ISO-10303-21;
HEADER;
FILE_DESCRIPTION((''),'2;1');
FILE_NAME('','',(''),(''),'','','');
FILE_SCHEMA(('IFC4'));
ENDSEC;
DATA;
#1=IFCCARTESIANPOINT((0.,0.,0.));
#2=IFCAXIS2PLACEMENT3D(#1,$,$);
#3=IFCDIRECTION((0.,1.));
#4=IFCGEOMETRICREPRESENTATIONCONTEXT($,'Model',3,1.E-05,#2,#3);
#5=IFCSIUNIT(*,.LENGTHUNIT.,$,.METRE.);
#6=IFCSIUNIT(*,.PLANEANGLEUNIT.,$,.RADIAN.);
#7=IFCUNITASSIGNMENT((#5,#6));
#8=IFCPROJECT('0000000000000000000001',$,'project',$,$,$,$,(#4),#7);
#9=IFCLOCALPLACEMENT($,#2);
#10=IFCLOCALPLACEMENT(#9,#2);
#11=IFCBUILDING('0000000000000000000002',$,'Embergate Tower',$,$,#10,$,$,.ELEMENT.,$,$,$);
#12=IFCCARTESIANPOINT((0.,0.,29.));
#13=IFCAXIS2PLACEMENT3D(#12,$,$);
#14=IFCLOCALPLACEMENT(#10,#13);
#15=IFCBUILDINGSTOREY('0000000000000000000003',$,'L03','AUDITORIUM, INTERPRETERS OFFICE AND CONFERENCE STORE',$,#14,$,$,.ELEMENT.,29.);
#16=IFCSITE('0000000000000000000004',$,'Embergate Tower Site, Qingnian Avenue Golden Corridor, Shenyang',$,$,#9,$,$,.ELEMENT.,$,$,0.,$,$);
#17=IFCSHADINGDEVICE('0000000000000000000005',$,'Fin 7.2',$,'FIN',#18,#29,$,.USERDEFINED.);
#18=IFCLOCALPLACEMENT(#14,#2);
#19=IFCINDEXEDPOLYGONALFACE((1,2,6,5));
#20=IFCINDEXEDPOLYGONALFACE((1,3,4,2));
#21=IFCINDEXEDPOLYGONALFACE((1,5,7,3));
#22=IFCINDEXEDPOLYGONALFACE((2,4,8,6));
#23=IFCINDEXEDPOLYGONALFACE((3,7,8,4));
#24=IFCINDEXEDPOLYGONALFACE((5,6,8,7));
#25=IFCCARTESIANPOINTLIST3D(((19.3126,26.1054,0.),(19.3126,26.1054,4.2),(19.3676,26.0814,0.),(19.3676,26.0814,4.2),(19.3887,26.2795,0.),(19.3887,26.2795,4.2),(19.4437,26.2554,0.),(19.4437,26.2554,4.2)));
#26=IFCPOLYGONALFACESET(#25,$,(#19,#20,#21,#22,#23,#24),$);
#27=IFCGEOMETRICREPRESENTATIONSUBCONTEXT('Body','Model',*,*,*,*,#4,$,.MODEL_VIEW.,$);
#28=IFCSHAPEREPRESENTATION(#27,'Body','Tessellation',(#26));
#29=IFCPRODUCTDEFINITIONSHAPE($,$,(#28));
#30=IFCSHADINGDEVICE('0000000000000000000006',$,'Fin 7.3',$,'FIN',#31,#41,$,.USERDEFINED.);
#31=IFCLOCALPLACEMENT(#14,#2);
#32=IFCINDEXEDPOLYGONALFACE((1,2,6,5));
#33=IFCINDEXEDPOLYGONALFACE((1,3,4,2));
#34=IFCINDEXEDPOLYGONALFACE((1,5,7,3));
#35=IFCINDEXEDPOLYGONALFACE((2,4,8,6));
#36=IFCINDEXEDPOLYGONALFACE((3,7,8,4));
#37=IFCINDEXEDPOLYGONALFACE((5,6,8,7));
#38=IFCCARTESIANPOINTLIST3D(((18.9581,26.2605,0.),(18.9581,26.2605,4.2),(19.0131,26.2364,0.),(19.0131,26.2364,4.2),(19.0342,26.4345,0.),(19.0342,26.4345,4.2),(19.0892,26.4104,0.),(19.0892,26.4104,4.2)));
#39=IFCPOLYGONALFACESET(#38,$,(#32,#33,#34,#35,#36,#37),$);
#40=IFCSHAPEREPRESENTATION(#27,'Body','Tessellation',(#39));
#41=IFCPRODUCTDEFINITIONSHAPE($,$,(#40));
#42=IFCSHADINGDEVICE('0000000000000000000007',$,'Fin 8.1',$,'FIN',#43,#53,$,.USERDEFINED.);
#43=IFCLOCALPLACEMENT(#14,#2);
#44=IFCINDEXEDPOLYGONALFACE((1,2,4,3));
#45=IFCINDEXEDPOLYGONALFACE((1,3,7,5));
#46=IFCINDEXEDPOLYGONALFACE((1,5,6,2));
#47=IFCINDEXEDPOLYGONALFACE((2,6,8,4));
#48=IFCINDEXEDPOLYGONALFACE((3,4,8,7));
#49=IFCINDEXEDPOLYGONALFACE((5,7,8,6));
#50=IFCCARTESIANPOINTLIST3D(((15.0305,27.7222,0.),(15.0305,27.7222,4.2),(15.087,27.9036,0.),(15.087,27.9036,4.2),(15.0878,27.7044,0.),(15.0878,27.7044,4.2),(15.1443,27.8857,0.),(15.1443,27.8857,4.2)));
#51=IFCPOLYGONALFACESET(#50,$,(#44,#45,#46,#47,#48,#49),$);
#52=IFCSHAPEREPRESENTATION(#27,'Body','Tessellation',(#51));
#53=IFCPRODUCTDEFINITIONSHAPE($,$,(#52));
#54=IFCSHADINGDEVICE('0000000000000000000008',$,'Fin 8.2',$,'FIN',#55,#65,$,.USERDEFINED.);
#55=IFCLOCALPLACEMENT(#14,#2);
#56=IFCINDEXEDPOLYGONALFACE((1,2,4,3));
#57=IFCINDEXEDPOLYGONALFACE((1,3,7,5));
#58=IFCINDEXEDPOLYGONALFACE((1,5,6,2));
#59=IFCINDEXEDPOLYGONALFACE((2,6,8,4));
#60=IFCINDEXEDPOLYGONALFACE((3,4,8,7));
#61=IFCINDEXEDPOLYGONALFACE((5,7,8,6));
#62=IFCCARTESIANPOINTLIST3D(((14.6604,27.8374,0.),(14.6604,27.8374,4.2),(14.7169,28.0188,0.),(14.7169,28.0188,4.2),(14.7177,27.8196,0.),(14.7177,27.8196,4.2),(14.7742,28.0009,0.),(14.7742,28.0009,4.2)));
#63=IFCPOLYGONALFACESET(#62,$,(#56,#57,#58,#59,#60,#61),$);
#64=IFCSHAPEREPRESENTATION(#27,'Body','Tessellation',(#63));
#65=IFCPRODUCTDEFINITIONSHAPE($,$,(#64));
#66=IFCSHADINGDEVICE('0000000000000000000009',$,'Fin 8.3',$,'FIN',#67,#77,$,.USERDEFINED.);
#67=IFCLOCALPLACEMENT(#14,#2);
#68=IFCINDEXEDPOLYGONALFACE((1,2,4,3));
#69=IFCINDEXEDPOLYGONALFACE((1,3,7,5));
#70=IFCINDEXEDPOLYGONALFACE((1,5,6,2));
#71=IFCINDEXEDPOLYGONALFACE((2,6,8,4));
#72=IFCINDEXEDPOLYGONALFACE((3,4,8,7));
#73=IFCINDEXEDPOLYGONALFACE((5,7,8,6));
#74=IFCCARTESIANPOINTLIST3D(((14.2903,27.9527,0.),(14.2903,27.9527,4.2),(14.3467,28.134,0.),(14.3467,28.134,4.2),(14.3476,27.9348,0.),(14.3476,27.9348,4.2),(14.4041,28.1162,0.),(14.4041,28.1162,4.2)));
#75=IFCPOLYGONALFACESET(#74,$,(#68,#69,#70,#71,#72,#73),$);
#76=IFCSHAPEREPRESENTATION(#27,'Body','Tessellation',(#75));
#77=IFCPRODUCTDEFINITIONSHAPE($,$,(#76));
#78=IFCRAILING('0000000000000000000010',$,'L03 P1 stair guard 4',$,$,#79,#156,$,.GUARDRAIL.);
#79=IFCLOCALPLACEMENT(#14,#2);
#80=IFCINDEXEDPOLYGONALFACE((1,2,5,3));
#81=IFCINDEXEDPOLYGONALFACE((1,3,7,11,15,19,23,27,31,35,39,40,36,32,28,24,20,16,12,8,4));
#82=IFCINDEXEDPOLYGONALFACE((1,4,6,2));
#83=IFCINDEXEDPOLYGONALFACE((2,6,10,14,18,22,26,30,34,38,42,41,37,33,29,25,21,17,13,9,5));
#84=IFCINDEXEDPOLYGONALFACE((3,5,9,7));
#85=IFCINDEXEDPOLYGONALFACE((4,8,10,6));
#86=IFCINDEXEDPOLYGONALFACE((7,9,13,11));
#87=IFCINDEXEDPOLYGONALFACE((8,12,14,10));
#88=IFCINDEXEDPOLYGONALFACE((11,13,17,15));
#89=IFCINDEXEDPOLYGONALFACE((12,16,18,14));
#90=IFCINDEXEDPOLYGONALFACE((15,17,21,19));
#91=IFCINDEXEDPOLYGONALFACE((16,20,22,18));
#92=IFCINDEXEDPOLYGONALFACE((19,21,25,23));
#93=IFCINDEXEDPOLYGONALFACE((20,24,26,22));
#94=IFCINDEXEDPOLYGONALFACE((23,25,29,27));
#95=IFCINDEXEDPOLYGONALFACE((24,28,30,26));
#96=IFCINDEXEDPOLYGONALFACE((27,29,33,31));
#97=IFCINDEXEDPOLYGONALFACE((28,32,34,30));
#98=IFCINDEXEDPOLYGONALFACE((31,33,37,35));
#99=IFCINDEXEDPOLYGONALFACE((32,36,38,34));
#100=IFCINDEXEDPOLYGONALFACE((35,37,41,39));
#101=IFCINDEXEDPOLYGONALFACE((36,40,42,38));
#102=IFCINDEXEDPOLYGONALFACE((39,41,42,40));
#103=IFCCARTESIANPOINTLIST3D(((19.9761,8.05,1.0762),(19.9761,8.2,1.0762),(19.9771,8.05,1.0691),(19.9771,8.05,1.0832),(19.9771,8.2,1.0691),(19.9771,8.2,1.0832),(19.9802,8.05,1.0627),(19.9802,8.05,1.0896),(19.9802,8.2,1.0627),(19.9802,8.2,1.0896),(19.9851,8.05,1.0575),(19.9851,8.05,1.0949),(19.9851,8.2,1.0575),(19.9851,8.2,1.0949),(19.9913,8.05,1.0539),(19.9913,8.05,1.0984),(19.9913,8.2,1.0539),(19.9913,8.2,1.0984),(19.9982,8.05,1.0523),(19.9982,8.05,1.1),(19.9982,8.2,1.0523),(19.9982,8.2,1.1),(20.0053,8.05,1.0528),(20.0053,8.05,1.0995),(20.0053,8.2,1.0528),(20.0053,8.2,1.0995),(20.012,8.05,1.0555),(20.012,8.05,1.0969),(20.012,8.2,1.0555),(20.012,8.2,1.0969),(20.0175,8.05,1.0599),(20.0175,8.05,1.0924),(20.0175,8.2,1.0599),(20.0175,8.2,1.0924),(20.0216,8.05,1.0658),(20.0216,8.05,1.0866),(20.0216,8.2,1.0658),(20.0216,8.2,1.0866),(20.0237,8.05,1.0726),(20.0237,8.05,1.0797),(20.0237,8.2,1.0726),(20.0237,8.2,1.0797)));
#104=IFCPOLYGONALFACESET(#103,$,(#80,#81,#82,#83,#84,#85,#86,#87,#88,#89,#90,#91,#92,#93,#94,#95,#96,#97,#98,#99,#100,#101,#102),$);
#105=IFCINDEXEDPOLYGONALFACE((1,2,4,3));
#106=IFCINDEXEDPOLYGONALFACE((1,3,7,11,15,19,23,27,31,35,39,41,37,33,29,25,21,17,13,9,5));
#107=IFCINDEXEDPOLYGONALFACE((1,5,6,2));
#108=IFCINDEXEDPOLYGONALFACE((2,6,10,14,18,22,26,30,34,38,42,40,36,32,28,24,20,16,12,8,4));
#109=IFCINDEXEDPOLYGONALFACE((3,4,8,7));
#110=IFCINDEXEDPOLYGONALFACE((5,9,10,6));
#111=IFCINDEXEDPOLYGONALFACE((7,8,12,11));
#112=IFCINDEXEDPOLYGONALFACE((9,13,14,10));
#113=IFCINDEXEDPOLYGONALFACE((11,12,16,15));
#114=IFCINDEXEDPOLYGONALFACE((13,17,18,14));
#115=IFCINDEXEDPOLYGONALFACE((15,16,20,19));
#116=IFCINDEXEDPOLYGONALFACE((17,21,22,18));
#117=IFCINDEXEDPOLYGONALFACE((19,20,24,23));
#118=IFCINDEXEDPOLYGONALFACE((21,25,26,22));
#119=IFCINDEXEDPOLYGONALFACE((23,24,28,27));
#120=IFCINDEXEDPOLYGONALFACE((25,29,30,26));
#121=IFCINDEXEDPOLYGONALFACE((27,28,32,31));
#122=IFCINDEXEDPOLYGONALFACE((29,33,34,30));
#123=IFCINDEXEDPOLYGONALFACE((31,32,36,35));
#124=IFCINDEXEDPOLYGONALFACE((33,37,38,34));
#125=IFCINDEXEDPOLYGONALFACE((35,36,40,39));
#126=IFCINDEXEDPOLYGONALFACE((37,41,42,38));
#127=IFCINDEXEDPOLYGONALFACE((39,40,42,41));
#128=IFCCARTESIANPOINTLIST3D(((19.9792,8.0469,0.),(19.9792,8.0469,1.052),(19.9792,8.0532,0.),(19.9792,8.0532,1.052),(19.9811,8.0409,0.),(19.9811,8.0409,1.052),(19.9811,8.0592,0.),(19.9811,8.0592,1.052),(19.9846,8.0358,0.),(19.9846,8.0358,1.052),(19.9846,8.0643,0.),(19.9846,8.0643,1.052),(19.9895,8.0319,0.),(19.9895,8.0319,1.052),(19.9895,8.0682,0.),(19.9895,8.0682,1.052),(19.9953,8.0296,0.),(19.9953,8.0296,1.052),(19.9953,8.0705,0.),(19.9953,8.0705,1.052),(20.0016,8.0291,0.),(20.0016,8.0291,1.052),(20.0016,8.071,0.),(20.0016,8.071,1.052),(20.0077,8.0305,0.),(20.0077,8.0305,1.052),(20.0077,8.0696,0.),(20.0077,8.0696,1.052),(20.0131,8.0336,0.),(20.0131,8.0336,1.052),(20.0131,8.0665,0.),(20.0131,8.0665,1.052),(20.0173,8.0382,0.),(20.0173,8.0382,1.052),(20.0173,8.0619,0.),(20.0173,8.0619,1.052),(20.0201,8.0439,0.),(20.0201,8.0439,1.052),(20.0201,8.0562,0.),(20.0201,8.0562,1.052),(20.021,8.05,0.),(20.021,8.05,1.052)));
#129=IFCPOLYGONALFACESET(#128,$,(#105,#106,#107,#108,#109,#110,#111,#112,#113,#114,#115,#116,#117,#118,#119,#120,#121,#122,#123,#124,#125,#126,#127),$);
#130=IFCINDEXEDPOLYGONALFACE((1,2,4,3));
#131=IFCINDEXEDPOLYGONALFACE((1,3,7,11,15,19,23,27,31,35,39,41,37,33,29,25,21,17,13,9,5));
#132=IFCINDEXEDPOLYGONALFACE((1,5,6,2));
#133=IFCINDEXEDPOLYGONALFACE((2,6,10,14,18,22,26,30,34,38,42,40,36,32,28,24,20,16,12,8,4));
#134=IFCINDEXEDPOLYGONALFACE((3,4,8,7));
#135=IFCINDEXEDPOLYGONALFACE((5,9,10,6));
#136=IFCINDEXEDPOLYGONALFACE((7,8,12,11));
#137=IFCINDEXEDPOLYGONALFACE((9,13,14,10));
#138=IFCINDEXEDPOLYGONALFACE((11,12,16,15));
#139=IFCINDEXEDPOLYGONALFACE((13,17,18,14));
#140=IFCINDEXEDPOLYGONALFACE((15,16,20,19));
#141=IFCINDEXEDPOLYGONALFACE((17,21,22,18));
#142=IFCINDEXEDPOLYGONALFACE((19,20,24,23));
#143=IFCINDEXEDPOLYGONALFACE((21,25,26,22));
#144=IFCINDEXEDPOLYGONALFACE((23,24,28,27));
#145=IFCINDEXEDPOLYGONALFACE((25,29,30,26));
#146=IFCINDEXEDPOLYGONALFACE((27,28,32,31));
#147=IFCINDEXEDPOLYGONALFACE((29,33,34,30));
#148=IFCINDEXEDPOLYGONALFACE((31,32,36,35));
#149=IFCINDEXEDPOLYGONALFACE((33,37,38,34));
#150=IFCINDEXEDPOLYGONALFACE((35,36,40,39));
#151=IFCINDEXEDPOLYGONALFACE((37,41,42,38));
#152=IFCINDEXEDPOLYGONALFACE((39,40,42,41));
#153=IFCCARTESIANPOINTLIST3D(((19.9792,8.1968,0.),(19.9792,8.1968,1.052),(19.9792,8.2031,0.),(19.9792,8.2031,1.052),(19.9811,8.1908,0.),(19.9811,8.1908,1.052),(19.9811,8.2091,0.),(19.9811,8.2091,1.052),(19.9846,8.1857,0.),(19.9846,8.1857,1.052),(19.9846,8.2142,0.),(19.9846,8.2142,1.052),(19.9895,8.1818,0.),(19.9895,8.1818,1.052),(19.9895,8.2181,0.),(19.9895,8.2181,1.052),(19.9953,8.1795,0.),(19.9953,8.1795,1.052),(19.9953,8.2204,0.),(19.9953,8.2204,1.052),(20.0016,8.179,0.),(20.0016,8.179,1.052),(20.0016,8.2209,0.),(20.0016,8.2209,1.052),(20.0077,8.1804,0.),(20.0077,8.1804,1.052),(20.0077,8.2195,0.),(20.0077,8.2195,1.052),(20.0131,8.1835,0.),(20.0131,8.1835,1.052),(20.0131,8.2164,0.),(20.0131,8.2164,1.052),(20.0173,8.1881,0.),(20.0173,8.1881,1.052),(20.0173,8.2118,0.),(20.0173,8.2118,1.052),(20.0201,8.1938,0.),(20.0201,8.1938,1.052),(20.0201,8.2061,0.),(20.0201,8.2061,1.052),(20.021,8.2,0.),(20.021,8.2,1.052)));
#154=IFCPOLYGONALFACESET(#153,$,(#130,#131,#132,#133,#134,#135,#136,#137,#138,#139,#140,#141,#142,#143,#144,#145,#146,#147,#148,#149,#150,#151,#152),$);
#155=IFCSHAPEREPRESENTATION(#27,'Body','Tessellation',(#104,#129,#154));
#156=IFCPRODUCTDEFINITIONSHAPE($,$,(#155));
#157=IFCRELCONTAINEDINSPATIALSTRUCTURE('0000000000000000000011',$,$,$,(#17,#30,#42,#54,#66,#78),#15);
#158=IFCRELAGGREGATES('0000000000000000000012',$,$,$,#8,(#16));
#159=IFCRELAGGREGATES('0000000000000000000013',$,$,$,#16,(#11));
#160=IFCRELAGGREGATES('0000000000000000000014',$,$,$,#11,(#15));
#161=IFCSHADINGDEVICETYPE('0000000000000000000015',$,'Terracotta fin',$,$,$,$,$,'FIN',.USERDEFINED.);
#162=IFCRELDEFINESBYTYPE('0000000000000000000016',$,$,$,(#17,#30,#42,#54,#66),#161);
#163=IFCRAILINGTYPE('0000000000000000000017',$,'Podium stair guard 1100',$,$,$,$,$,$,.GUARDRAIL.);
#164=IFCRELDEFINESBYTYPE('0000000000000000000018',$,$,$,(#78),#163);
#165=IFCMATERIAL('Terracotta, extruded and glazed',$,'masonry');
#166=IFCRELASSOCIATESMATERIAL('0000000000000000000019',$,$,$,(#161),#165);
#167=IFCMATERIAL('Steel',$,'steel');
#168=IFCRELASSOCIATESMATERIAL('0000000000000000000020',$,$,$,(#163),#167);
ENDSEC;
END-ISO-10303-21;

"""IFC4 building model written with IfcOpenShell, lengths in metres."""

from ifc_helpers import new_model, si_unit, direction, frame, origin, origin_2d, place, context, subcontext, project, spatial, rectangle, circle, extrude, source, transform, mapped, material, material_profile, profile_set, type_object, element, save


model = new_model("IFC4")

# Units and contexts
model_context = context("Model", 3, precision=1e-05, world=origin(), true_north=direction((0.0, 1.0)))
body_context = subcontext(model_context, "Body", "Model", "MODEL_VIEW")
ifc_project = project(units=[si_unit("LENGTHUNIT", "METRE"), si_unit("PLANEANGLEUNIT", "RADIAN")], contexts=[model_context])

# Site, building, storey
site_placement = place(None, origin())
site = spatial("IfcSite", under=ifc_project, at=site_placement, Name="Embergate Tower Site, Qingnian Avenue Golden Corridor, Shenyang", CompositionType="ELEMENT", RefElevation=0.0)
building_placement = place(site_placement, origin())
building = spatial("IfcBuilding", under=site, at=building_placement, Name="Embergate Tower", CompositionType="ELEMENT")
storey_placement = place(building_placement, frame((0.0, 0.0, 29.0)))
storey = spatial("IfcBuildingStorey", under=building, at=storey_placement, Name="L03", Description="AUDITORIUM, INTERPRETERS OFFICE AND CONFERENCE STORE", CompositionType="ELEMENT", Elevation=29.0)

# Shading devices
ifc_material_1 = material(Name="Terracotta, extruded and glazed", Category="masonry")
ifc_material_profile_1 = material_profile(ifc_material_1, rectangle(XDim=0.1899, YDim=0.0601, at=origin_2d()), Name="TC 190x60")
ifc_profile_set_1 = profile_set([ifc_material_profile_1], Name="Terracotta, extruded and glazed")
shading_device_type = type_object("IfcShadingDeviceType", Name="Terracotta fin", ElementType="FIN", PredefinedType="USERDEFINED", material=ifc_profile_set_1)
shared_shape_1 = source(origin(), body_context, "Body", "SweptSolid", [
    extrude(rectangle(XDim=0.1899, YDim=0.0601, at=origin_2d()), origin(), (0.0, 0.0, 1.0), 4.2),
])
for number, where, z_axis, x_axis, name in (
    (1, (19.3782, 26.1804, 0.0), (0.0, 0.0, 1.0), (-0.400648, -0.916232, 0.0), "Fin 7.2"),
    (2, (19.0237, 26.3354, 0.0), (0.0, 0.0, 1.0), (-0.400648, -0.916232, 0.0), "Fin 7.3"),
    (3, (15.0874, 27.804, 0.0), (0.0, 0.0, 1.0), (-0.297347, -0.95477, 0.0), "Fin 8.1"),
    (4, (14.7173, 27.9192, 0.0), (0.0, 0.0, 1.0), (-0.297347, -0.95477, 0.0), "Fin 8.2"),
    (5, (14.3472, 28.0344, 0.0), (0.0, 0.0, 1.0), (-0.297347, -0.95477, 0.0), "Fin 8.3"),
):
    element("IfcShadingDevice", number, at=place(storey_placement, frame(where, z_axis=z_axis, x_axis=x_axis)), inside=storey, type_object=shading_device_type, Name=name, ObjectType="FIN", PredefinedType="USERDEFINED", context=body_context, shape_type="MappedRepresentation", body=[
        mapped(shared_shape_1, transform((0.0, 0.0, 0.0))),
    ])

# Railing
ifc_material_2 = material(Name="Steel", Category="steel")
railing_type = type_object("IfcRailingType", Name="Podium stair guard 1100", PredefinedType="GUARDRAIL", material=ifc_material_2)
shared_shape_2 = source(origin(), body_context, "Body", "SweptSolid", [
    extrude(circle(Radius=0.0239, at=origin_2d()), frame((0.0, 0.0, 1.0762), z_axis=(0.0, 1.0, 0.0), x_axis=(-1.0, 0.0, 0.0)), (0.0, 0.0, 1.0), 0.1499),
    extrude(circle(Radius=0.021, at=origin_2d()), origin(), (0.0, 0.0, 1.0), 1.052),
    extrude(circle(Radius=0.021, at=origin_2d()), frame((0.0, 0.1499, 0.0)), (0.0, 0.0, 1.0), 1.052),
])
railing_placement = place(storey_placement, frame((20.0, 8.05, 0.0)))
element("IfcRailing", 6, at=railing_placement, inside=storey, type_object=railing_type, Name="L03 P1 stair guard 4", PredefinedType="GUARDRAIL", context=body_context, shape_type="MappedRepresentation", body=[
    mapped(shared_shape_2, transform((0.0, 0.0, 0.0))),
])

save(model, "model.ifc")
